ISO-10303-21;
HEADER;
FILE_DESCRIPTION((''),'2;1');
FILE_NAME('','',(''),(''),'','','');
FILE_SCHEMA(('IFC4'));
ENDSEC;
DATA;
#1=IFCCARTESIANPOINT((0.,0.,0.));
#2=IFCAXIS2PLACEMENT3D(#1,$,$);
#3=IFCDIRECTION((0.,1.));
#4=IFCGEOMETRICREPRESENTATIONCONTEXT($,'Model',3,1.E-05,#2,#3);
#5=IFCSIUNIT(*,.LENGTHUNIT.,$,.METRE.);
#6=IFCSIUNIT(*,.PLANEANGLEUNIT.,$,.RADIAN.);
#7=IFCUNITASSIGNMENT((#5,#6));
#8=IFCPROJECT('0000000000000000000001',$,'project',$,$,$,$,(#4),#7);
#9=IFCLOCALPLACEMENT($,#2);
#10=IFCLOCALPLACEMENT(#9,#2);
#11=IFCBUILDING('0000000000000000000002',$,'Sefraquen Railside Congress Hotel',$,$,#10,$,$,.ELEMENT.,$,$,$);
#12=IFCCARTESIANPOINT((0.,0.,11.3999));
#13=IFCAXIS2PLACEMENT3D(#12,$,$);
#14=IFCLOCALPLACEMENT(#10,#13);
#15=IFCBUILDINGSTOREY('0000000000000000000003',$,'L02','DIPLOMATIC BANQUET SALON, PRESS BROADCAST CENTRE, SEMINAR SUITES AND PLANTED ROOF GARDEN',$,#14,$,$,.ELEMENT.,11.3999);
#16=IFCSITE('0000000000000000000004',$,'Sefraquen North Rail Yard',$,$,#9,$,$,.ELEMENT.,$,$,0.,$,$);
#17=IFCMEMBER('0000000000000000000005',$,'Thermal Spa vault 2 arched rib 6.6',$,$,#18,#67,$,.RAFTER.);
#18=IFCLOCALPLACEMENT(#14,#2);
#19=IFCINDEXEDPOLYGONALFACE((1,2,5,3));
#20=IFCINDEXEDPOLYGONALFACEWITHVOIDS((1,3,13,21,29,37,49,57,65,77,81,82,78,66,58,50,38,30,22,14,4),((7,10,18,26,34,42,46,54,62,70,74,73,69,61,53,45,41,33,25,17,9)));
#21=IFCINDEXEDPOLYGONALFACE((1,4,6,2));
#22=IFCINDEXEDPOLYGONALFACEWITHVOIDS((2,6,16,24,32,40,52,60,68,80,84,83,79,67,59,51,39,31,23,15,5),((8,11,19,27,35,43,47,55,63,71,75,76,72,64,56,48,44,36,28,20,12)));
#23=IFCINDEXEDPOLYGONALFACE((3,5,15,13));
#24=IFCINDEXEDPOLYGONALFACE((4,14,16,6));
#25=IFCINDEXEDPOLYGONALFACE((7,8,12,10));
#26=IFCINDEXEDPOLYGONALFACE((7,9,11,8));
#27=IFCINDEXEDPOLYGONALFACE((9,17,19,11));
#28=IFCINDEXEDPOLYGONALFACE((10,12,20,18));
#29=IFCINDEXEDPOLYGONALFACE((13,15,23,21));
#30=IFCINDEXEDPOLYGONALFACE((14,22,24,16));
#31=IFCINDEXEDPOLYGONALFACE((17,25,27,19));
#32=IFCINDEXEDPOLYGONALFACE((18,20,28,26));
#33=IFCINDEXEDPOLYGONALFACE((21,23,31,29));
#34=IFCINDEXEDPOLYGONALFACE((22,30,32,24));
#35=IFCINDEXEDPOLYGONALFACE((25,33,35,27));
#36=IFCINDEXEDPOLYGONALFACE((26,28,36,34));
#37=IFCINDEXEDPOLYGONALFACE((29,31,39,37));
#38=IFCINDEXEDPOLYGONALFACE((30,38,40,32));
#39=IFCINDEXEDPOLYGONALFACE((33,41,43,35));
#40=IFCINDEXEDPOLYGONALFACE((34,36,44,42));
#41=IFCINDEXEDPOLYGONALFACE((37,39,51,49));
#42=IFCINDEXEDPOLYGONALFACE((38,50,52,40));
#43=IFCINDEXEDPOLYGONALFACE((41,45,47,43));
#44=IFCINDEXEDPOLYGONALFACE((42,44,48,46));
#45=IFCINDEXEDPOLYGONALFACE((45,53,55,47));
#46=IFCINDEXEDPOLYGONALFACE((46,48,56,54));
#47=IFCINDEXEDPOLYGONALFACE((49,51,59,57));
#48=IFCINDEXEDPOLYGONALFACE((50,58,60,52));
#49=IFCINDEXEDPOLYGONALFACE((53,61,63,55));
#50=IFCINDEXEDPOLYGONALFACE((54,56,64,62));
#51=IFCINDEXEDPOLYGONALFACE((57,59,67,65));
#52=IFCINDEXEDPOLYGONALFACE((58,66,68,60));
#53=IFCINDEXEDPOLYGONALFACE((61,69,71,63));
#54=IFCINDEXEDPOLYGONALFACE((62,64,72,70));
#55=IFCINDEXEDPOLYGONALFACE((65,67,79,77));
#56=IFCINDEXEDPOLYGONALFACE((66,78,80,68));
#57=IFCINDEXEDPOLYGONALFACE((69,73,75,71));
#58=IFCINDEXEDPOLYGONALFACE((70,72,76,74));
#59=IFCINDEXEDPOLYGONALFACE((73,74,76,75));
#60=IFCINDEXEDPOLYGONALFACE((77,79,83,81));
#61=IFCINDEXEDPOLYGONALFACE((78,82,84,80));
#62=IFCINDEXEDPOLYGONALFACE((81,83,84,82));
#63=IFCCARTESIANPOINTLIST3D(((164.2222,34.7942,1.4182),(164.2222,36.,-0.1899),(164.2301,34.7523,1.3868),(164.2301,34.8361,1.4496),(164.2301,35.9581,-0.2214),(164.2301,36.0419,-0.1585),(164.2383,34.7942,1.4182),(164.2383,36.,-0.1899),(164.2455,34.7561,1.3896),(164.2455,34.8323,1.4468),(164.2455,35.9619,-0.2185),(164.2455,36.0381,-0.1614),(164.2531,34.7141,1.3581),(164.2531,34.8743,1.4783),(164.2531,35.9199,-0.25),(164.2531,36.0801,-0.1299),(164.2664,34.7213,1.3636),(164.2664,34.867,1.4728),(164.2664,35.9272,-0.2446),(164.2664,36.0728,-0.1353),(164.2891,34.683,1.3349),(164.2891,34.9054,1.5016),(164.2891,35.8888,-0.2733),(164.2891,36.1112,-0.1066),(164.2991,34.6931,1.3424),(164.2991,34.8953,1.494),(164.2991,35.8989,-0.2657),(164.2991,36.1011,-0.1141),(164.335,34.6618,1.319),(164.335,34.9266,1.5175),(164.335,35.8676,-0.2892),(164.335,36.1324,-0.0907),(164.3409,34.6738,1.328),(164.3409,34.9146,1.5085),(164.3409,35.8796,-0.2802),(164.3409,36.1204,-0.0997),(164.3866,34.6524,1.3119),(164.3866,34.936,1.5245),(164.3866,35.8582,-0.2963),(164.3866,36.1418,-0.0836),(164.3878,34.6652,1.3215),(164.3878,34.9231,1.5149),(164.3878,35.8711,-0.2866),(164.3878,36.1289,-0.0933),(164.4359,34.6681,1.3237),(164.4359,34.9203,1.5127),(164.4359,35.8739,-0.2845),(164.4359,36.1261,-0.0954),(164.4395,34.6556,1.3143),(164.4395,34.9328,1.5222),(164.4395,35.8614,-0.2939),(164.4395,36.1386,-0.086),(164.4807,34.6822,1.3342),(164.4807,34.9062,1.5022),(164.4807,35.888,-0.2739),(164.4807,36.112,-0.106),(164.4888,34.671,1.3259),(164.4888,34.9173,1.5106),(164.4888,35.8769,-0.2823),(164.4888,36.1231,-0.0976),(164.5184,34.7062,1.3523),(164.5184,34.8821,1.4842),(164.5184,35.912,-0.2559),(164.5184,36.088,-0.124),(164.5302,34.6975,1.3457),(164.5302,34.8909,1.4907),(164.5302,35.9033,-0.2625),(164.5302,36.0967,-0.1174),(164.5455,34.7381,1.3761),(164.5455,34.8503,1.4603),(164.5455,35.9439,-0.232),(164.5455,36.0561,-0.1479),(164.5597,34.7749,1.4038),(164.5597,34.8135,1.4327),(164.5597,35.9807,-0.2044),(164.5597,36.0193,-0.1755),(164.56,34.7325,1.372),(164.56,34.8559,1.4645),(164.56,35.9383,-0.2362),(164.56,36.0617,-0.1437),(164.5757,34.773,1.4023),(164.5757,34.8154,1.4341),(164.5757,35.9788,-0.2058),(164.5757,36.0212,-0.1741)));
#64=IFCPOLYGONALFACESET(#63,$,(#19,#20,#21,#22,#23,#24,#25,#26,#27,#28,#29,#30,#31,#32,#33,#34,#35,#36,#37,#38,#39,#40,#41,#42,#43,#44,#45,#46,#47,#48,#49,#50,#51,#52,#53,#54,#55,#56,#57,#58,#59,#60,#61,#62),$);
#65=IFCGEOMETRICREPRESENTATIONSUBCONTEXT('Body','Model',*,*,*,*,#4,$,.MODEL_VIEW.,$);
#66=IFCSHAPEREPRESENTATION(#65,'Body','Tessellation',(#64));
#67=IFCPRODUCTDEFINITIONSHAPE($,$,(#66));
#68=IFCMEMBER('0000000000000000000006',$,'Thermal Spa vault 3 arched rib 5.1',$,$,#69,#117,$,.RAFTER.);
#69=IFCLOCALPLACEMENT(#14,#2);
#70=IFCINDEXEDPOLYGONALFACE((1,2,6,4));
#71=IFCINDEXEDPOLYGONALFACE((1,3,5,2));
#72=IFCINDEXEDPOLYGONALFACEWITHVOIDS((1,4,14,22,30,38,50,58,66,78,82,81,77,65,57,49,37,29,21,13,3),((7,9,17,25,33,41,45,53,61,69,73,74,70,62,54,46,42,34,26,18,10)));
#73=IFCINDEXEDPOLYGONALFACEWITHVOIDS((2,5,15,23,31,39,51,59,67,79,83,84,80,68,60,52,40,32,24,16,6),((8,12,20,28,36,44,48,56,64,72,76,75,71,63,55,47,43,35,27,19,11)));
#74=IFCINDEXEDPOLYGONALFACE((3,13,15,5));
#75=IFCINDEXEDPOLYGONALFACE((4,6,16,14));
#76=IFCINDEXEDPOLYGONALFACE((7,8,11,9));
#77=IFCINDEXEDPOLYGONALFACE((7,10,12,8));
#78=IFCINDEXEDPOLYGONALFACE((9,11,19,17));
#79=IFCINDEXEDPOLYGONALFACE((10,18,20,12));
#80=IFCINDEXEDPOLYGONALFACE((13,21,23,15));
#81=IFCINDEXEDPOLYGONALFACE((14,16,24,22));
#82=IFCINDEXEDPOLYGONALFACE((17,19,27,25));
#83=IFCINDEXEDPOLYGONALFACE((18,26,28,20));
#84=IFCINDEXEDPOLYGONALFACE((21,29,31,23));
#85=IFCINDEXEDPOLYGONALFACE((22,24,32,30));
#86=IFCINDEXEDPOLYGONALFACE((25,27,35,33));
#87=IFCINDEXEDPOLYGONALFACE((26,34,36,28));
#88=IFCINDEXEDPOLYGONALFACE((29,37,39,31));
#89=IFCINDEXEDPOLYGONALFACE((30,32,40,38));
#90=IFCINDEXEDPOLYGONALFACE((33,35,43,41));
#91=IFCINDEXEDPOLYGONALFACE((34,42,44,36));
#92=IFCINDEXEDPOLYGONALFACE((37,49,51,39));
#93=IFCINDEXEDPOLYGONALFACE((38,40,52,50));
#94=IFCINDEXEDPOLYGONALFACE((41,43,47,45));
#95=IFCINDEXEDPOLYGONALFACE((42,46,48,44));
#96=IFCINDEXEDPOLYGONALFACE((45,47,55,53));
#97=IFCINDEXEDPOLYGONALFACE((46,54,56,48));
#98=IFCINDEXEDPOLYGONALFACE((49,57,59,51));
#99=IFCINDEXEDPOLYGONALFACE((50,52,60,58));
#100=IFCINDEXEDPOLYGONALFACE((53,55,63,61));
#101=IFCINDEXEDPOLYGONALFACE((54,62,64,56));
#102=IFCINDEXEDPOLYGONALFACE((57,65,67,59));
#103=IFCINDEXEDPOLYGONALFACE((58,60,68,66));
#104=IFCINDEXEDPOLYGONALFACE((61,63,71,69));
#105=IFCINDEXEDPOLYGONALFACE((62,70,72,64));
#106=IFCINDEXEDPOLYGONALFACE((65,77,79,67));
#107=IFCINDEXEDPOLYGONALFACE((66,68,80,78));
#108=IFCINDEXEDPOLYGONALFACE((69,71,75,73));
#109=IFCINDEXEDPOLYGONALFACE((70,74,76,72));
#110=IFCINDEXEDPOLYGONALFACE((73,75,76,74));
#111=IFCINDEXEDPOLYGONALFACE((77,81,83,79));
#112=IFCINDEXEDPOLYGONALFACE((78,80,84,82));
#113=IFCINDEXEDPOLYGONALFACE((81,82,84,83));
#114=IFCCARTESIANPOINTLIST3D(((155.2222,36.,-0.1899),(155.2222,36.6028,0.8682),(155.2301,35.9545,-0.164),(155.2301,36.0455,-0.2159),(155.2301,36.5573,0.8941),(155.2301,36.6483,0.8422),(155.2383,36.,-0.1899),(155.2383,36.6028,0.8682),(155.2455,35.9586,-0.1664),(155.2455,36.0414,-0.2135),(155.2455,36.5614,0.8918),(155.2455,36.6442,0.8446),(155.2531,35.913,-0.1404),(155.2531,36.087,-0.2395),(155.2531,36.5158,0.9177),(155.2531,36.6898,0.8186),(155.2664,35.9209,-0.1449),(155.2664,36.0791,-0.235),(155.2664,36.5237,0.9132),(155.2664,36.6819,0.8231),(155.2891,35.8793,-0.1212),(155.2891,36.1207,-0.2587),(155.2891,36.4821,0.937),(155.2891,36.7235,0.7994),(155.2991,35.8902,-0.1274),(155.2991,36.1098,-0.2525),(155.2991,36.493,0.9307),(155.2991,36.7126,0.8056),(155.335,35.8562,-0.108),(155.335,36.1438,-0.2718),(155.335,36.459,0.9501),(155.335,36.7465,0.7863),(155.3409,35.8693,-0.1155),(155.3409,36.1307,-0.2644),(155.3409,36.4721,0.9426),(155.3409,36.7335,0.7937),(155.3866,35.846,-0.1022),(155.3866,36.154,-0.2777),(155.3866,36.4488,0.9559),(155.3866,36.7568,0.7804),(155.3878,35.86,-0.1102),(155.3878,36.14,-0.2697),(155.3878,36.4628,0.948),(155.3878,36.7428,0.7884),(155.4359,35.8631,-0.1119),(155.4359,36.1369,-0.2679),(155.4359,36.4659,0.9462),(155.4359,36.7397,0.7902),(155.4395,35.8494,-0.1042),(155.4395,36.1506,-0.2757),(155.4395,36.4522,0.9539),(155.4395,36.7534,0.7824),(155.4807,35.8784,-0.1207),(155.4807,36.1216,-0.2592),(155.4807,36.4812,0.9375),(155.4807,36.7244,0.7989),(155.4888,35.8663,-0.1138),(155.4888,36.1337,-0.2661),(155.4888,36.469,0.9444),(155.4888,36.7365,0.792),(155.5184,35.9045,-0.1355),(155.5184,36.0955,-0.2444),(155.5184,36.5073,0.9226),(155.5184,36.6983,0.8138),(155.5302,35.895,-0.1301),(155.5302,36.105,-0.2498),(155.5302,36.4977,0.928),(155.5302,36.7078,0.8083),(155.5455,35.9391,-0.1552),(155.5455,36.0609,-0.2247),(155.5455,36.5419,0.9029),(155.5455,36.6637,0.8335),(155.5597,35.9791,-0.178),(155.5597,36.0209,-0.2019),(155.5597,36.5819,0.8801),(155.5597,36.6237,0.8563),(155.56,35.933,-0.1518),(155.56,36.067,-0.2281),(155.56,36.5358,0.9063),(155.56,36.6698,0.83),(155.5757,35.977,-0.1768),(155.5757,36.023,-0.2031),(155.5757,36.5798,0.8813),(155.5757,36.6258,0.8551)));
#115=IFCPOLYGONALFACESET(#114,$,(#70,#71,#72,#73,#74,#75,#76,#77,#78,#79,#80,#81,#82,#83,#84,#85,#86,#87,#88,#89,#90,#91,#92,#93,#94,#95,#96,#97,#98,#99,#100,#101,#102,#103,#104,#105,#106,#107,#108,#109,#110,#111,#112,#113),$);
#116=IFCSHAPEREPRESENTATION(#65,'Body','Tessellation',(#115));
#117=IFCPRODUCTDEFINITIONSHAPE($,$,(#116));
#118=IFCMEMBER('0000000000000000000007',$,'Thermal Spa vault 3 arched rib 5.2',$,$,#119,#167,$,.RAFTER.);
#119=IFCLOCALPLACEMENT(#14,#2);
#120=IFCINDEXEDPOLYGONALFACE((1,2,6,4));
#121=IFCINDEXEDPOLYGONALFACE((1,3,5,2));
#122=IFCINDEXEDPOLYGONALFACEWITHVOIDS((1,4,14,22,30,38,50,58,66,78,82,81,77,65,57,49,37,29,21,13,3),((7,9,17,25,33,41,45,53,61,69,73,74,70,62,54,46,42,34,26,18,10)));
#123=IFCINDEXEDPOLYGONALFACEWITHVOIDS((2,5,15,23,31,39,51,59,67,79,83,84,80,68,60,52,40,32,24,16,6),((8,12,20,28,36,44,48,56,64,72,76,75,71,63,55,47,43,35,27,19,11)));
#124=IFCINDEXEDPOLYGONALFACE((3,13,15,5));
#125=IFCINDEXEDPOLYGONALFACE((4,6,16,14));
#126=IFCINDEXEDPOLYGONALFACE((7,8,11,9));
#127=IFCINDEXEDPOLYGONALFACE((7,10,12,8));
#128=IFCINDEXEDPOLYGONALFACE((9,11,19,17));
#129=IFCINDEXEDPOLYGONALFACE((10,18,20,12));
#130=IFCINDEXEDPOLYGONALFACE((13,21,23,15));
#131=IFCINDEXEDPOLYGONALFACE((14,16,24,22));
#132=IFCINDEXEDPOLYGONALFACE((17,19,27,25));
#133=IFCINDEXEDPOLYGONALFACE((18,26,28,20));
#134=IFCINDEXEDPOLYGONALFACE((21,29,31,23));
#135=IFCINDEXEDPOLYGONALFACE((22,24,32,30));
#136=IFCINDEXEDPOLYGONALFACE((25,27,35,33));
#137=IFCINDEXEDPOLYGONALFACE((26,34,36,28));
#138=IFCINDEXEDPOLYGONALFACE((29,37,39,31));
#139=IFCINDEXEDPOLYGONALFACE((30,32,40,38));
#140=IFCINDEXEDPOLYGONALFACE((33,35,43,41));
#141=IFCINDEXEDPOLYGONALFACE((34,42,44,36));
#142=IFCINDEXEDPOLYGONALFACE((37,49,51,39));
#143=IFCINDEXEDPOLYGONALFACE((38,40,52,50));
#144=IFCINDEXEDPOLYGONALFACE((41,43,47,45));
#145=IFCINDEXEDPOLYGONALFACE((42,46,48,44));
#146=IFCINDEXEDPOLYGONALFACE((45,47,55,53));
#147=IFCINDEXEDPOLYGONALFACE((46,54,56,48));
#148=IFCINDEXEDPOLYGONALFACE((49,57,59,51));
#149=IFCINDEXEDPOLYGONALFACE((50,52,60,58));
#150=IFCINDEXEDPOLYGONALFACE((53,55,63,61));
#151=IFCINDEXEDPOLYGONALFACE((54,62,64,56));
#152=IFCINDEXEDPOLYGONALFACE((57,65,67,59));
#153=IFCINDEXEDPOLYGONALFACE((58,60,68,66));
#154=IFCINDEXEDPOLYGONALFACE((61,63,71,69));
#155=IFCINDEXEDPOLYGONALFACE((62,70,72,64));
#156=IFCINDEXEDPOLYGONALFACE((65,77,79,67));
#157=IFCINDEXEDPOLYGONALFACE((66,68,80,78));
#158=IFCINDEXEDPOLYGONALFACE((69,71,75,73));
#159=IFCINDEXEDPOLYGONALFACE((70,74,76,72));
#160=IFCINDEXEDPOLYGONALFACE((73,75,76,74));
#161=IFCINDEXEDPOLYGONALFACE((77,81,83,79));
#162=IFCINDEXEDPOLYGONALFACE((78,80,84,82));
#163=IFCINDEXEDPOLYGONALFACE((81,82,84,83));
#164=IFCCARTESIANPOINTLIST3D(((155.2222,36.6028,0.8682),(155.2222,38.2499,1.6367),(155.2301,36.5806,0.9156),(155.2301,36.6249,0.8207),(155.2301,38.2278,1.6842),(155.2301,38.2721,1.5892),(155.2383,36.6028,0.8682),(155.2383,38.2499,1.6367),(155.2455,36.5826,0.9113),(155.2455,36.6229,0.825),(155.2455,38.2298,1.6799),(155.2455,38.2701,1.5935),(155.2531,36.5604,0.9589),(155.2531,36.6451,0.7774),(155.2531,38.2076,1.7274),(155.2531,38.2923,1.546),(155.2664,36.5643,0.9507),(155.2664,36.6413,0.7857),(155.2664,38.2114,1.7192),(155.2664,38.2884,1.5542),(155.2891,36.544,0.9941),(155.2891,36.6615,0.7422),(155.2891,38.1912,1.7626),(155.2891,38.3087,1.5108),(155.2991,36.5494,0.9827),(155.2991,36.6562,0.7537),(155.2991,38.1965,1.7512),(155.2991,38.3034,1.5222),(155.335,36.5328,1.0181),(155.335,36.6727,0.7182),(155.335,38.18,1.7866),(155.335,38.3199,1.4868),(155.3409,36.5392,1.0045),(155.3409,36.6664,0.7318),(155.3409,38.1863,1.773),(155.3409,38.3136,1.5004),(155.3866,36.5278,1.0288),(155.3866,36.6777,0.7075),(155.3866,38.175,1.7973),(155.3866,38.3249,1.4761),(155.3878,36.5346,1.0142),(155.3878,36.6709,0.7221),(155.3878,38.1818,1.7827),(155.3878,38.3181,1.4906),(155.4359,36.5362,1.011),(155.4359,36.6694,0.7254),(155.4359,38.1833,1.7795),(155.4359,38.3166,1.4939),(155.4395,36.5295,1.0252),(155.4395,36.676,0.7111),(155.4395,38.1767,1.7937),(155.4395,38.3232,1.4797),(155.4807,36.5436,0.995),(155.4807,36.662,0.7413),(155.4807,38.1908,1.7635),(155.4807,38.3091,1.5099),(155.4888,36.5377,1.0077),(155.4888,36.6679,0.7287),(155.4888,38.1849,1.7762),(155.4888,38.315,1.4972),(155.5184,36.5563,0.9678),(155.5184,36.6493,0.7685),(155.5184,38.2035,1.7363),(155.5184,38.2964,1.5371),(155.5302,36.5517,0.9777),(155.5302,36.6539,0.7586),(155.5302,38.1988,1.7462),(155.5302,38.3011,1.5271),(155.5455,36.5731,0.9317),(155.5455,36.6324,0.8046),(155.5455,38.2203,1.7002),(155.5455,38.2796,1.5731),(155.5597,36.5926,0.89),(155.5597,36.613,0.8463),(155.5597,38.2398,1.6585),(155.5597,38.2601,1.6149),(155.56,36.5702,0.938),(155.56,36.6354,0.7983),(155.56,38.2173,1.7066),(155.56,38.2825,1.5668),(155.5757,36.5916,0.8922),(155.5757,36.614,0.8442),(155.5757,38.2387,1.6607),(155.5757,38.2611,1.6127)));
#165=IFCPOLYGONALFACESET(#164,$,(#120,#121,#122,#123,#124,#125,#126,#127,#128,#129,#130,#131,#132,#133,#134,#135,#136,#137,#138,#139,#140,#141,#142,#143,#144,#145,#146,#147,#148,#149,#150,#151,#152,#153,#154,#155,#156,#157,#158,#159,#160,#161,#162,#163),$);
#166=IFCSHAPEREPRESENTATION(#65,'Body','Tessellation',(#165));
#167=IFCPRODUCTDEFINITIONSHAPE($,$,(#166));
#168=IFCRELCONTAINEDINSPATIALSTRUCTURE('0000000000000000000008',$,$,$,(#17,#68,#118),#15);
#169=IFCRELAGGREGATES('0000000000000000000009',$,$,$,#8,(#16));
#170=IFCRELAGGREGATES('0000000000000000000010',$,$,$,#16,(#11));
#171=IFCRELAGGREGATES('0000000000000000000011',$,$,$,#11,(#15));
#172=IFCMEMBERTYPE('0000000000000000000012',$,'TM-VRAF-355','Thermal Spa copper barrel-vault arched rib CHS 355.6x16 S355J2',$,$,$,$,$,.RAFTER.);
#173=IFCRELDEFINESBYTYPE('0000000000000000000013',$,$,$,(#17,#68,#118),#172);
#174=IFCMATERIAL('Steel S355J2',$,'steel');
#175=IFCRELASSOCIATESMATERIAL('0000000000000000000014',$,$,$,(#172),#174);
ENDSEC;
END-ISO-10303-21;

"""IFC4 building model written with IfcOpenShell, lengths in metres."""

from ifc_helpers import new_model, si_unit, direction, frame, origin, origin_2d, place, context, subcontext, project, spatial, hollow_circle, extrude, material, material_profile, profile_set, type_object, element, save


model = new_model("IFC4")

# Units and contexts
model_context = context("Model", 3, precision=1e-05, world=origin(), true_north=direction((0.0, 1.0)))
body_context = subcontext(model_context, "Body", "Model", "MODEL_VIEW")
ifc_project = project(units=[si_unit("LENGTHUNIT", "METRE"), si_unit("PLANEANGLEUNIT", "RADIAN")], contexts=[model_context])

# Site, building, storey
site_placement = place(None, origin())
site = spatial("IfcSite", under=ifc_project, at=site_placement, Name="Sefraquen North Rail Yard", CompositionType="ELEMENT", RefElevation=0.0)
building_placement = place(site_placement, origin())
building = spatial("IfcBuilding", under=site, at=building_placement, Name="Sefraquen Railside Congress Hotel", CompositionType="ELEMENT")
storey_placement = place(building_placement, frame((0.0, 0.0, 11.3999)))
storey = spatial("IfcBuildingStorey", under=building, at=storey_placement, Name="L02", Description="DIPLOMATIC BANQUET SALON, PRESS BROADCAST CENTRE, SEMINAR SUITES AND PLANTED ROOF GARDEN", CompositionType="ELEMENT", Elevation=11.3999)

# Members
ifc_material_1 = material(Name="Steel S355J2", Category="steel")
ifc_material_profile_1 = material_profile(ifc_material_1, hollow_circle(Radius=0.1777, WallThickness=0.0161, at=origin_2d()), Name="CHS 355.6x16")
ifc_profile_set_1 = profile_set([ifc_material_profile_1], Name="Steel S355J2")
member_type = type_object("IfcMemberType", Name="TM-VRAF-355", Description="Thermal Spa copper barrel-vault arched rib CHS 355.6x16 S355J2", PredefinedType="RAFTER", material=ifc_profile_set_1)
for number, where, z_axis, x_axis, name in (
    (1, (164.3999, 34.7942, 1.4182), (0.0, 0.599903, -0.800073), (-1.0, 0.0, 0.0), "Thermal Spa vault 2 arched rib 6.6"),
):
    element("IfcMember", number, at=place(storey_placement, frame(where, z_axis=z_axis, x_axis=x_axis)), inside=storey, type_object=member_type, Name=name, PredefinedType="RAFTER", context=body_context, shape_type="SweptSolid", body=[
        extrude(hollow_circle(Radius=0.1777, WallThickness=0.0161, at=origin_2d()), origin(), (0.0, 0.0, 1.0), 2.01),
    ])
member_1_placement = place(storey_placement, frame((155.3999, 36.0, -0.1899), z_axis=(0.0, 0.494994, 0.868896), x_axis=(-1.0, 0.0, 0.0)))
element("IfcMember", 2, at=member_1_placement, inside=storey, type_object=member_type, Name="Thermal Spa vault 3 arched rib 5.1", PredefinedType="RAFTER", context=body_context, shape_type="SweptSolid", body=[
    extrude(hollow_circle(Radius=0.1777, WallThickness=0.0161, at=origin_2d()), origin(), (0.0, 0.0, 1.0), 1.2178),
])
member_2_placement = place(storey_placement, frame((155.3999, 36.6028, 0.8682), z_axis=(0.0, 0.906214, 0.422819), x_axis=(-1.0, 0.0, 0.0)))
element("IfcMember", 3, at=member_2_placement, inside=storey, type_object=member_type, Name="Thermal Spa vault 3 arched rib 5.2", PredefinedType="RAFTER", context=body_context, shape_type="SweptSolid", body=[
    extrude(hollow_circle(Radius=0.1777, WallThickness=0.0161, at=origin_2d()), origin(), (0.0, 0.0, 1.0), 1.8176),
])

save(model, "model.ifc")
